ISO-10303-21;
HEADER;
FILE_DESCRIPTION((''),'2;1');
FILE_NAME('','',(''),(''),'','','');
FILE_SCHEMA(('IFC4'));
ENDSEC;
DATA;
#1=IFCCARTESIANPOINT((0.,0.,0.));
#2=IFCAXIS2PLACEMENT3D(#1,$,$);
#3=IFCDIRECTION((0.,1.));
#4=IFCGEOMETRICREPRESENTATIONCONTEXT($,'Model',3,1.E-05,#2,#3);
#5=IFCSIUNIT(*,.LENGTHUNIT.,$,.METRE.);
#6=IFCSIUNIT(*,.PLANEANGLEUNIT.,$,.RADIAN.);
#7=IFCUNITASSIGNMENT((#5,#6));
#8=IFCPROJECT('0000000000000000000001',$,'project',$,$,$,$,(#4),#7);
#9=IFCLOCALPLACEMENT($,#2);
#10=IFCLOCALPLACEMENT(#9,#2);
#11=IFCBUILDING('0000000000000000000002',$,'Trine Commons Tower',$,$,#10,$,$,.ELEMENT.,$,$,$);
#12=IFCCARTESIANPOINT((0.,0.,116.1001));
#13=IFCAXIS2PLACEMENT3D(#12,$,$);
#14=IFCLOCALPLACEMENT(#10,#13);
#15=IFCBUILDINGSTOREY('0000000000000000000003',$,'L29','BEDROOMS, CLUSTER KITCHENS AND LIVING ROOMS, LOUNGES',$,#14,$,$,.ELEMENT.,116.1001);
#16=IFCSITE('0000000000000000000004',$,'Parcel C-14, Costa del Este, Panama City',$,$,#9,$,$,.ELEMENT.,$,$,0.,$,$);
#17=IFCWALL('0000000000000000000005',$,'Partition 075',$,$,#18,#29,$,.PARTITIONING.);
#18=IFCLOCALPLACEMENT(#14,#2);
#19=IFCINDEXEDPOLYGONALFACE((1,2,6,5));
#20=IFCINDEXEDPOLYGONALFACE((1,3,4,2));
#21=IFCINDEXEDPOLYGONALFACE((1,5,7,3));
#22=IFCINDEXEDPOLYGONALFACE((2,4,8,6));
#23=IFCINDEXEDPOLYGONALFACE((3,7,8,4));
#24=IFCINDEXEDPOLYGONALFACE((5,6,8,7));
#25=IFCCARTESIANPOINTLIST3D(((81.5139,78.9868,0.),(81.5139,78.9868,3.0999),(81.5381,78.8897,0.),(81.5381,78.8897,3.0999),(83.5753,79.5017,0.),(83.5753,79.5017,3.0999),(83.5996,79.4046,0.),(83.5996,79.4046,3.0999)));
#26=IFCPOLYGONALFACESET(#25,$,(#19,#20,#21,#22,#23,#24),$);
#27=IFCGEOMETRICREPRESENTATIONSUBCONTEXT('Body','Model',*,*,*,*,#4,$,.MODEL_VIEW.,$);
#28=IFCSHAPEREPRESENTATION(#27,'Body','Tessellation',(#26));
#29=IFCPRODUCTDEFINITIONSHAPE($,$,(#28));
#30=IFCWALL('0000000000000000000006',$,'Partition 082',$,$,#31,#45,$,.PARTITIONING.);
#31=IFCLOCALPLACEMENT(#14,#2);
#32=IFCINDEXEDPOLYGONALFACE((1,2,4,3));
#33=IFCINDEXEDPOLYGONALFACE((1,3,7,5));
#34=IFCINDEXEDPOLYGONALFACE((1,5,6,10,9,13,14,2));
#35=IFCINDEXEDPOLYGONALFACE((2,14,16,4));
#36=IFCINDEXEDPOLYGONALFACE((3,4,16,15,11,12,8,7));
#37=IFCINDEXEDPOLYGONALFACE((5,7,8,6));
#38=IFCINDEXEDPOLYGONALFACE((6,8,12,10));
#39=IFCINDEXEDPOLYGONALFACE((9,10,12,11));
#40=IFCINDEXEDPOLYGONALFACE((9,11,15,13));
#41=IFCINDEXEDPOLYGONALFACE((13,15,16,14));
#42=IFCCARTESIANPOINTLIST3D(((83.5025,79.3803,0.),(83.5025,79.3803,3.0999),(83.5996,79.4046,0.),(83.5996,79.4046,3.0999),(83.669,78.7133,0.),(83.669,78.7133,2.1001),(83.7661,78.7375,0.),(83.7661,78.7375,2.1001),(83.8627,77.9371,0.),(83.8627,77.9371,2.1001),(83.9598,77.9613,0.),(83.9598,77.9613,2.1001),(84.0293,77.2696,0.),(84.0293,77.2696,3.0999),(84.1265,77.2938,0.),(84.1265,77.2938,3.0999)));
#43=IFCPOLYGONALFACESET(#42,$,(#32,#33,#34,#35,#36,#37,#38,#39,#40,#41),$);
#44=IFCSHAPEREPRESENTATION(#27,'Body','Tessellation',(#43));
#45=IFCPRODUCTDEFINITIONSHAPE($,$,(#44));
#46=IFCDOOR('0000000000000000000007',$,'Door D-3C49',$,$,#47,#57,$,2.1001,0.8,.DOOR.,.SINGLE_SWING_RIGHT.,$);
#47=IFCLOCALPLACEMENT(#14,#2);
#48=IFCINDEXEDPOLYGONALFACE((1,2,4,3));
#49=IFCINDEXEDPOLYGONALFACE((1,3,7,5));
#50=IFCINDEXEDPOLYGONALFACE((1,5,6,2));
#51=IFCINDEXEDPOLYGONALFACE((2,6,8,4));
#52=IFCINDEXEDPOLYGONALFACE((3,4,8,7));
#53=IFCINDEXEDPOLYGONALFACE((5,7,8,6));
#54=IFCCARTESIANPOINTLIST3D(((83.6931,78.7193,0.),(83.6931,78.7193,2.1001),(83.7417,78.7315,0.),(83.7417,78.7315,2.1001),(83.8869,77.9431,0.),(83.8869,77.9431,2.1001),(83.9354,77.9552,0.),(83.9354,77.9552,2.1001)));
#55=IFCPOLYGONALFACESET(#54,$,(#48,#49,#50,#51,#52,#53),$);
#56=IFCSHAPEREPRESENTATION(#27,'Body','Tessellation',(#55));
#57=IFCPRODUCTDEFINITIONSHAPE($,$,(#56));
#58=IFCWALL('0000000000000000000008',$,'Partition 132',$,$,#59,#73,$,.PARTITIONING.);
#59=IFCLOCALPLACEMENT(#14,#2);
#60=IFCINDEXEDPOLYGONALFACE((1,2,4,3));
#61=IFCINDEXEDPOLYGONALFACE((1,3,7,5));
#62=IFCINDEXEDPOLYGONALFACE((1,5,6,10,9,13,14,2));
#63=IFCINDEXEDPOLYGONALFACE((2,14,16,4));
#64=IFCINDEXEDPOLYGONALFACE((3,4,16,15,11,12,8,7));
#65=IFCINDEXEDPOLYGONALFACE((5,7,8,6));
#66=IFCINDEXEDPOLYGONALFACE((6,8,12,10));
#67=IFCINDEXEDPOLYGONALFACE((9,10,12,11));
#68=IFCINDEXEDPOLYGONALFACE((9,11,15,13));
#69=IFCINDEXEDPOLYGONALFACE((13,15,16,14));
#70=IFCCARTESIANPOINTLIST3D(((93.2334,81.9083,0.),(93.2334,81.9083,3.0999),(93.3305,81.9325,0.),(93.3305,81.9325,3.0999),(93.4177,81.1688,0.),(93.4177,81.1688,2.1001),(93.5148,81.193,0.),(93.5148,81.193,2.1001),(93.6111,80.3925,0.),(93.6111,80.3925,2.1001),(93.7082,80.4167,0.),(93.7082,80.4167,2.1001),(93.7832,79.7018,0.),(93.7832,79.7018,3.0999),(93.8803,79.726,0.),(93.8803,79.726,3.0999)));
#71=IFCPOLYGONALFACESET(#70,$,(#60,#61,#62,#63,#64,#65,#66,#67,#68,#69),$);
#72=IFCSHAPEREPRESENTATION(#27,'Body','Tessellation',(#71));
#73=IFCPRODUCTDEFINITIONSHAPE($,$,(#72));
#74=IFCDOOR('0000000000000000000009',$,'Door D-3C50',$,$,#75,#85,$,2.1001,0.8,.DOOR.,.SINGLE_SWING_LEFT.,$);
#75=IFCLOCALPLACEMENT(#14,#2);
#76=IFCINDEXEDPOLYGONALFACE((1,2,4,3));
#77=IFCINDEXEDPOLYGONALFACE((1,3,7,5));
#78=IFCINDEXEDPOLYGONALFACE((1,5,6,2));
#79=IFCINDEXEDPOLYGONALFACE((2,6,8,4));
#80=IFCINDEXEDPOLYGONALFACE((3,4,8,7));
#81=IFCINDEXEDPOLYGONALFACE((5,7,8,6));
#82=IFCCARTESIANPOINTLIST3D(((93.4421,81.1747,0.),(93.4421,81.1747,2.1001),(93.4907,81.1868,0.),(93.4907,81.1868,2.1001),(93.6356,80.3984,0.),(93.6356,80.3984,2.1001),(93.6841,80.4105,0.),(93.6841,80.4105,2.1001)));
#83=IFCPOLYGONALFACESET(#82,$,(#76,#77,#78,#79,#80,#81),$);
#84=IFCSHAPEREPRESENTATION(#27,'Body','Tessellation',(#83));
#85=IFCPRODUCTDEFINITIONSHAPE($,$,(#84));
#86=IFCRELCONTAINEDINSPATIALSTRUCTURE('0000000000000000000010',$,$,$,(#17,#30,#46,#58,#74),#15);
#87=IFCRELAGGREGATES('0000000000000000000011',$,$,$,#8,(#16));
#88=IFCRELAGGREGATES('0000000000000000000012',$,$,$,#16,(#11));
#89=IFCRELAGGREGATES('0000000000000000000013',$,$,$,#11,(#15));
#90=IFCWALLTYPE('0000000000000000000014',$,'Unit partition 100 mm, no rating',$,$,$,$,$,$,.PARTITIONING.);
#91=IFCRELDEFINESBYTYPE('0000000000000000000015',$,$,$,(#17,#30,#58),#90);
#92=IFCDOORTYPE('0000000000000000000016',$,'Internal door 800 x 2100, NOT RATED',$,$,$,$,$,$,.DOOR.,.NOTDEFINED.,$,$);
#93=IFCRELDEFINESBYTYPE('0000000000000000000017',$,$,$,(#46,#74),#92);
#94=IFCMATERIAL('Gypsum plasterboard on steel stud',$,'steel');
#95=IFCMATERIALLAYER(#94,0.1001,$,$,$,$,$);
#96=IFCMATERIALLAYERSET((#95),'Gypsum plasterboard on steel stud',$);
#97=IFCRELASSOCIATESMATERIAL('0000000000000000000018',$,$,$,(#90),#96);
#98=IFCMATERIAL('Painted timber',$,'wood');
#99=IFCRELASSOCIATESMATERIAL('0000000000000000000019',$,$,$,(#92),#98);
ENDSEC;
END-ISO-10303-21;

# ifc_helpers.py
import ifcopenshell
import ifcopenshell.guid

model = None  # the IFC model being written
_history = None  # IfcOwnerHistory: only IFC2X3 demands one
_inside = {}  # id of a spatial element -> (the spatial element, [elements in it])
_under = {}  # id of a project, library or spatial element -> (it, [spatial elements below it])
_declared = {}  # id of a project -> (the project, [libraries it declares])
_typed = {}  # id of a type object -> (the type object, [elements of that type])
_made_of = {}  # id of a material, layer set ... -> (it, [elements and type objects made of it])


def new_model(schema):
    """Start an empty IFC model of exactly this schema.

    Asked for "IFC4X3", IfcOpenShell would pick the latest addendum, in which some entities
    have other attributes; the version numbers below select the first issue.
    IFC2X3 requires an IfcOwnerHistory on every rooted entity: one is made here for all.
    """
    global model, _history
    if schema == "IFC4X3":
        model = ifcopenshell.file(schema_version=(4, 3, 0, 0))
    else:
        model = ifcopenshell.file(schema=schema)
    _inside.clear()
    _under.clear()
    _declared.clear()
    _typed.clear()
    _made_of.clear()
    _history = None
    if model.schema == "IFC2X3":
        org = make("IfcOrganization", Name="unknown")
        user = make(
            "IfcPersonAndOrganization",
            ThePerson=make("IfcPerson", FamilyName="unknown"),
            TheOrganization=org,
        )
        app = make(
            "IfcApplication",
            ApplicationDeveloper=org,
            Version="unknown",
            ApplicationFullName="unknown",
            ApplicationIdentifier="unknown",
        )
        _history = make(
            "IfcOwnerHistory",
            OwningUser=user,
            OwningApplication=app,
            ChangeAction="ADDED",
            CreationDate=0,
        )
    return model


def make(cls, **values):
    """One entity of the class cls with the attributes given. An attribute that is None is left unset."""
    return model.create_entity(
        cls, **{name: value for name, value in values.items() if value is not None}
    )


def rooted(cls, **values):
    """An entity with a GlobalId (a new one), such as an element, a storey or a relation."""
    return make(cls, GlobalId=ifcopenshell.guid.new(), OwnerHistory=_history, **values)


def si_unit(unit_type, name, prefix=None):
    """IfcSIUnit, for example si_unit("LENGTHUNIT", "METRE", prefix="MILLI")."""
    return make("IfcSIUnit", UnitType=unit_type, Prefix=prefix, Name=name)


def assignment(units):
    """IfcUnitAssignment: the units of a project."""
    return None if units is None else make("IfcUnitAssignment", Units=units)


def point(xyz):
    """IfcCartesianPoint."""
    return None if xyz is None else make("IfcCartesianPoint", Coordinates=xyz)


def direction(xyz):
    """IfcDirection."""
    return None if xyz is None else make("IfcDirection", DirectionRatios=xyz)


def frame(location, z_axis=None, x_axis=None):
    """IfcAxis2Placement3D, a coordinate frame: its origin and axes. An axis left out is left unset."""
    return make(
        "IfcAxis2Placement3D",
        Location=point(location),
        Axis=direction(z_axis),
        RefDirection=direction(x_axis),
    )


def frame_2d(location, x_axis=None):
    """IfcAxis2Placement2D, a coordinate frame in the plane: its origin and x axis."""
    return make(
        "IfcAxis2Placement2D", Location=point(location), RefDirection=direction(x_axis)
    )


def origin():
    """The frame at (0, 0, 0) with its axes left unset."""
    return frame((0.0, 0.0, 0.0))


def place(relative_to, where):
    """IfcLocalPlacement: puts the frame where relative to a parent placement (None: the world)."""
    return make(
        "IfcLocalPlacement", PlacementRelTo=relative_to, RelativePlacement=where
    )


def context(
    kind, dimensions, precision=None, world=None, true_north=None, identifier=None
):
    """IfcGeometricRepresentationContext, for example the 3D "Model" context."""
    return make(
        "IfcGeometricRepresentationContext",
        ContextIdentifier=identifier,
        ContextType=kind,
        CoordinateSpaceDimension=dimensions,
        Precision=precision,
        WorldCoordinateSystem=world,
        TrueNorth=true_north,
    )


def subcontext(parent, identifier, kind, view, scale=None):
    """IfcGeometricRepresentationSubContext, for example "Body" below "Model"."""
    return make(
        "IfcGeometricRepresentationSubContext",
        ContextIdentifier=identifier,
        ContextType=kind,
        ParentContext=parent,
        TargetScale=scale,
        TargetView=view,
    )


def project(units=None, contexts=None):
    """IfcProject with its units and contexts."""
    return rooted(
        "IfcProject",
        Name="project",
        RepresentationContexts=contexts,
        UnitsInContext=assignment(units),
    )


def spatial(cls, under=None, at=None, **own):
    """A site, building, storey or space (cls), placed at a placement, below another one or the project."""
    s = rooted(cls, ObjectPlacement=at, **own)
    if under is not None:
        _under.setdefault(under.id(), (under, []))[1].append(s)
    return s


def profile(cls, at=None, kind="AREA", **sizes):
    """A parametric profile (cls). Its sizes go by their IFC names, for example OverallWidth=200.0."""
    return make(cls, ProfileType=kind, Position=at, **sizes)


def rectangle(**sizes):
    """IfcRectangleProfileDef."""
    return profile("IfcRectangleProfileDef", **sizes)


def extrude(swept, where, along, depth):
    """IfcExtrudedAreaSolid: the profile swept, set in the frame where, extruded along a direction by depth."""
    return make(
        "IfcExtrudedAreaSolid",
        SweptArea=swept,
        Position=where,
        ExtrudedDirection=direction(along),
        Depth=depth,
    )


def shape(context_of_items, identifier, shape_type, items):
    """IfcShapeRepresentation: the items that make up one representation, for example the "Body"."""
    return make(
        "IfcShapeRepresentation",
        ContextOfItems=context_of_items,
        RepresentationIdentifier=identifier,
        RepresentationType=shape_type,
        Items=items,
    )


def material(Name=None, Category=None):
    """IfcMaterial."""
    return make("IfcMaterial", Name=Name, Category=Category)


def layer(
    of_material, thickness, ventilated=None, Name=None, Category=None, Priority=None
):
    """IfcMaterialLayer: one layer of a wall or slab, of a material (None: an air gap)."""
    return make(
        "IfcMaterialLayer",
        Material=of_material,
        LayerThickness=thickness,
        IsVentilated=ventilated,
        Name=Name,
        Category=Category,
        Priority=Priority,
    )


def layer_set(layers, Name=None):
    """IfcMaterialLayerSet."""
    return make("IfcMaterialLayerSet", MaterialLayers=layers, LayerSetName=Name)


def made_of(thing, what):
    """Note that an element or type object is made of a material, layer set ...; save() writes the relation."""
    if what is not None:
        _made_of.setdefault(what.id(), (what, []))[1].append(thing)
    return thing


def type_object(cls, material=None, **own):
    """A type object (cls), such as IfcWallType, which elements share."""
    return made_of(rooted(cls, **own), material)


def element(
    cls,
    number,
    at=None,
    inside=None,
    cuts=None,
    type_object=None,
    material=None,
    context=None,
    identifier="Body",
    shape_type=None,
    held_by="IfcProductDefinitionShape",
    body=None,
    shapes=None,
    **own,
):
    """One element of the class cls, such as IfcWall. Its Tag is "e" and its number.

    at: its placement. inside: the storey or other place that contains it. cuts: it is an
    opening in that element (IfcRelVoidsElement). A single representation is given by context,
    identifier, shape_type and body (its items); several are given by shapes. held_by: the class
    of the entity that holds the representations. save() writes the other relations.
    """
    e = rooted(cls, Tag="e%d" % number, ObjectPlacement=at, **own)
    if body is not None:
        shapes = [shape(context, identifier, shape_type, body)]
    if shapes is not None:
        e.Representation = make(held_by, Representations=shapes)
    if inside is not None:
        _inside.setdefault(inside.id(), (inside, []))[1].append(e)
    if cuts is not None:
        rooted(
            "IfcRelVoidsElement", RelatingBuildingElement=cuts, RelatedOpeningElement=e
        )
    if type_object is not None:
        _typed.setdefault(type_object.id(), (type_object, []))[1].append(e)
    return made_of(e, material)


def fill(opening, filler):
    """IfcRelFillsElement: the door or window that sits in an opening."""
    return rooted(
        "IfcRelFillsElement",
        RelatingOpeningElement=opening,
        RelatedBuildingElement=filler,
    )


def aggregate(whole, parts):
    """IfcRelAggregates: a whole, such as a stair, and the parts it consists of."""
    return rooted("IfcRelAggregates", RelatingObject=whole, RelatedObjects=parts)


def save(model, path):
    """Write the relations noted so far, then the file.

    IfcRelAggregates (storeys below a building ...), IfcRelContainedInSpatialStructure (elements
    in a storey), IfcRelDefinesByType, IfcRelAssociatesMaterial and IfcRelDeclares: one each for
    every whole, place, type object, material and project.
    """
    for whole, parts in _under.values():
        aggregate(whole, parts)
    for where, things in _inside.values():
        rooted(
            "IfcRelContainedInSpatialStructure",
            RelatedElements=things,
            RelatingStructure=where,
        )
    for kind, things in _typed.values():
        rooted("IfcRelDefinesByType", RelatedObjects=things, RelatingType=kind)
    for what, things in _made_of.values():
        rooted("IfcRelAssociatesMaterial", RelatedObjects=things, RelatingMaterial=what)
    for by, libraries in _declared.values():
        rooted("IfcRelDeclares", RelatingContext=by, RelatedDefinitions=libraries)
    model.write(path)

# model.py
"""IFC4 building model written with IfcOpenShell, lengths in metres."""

from ifc_helpers import new_model, si_unit, direction, frame, frame_2d, origin, place, context, subcontext, project, spatial, rectangle, extrude, material, layer, layer_set, type_object, element, fill, save


model = new_model("IFC4")

# Units and contexts
model_context = context("Model", 3, precision=1e-05, world=origin(), true_north=direction((0.0, 1.0)))
body_context = subcontext(model_context, "Body", "Model", "MODEL_VIEW")
ifc_project = project(units=[si_unit("LENGTHUNIT", "METRE"), si_unit("PLANEANGLEUNIT", "RADIAN")], contexts=[model_context])

# Site, building, storey
site_placement = place(None, origin())
site = spatial("IfcSite", under=ifc_project, at=site_placement, Name="Parcel C-14, Costa del Este, Panama City", CompositionType="ELEMENT", RefElevation=0.0)
building_placement = place(site_placement, origin())
building = spatial("IfcBuilding", under=site, at=building_placement, Name="Trine Commons Tower", CompositionType="ELEMENT")
storey_placement = place(building_placement, frame((0.0, 0.0, 116.1001)))
storey = spatial("IfcBuildingStorey", under=building, at=storey_placement, Name="L29", Description="BEDROOMS, CLUSTER KITCHENS AND LIVING ROOMS, LOUNGES", CompositionType="ELEMENT", Elevation=116.1001)

# Shared definitions
ifc_material_1 = material(Name="Gypsum plasterboard on steel stud", Category="steel")

# Shared definitions
ifc_material_2 = material(Name="Painted timber", Category="wood")

# Wall
ifc_layer_1 = layer(ifc_material_1, 0.1001)
ifc_layer_set_1 = layer_set([ifc_layer_1], Name="Gypsum plasterboard on steel stud")
wall_type_1 = type_object("IfcWallType", Name="Unit partition 100 mm, no rating", PredefinedType="PARTITIONING", material=ifc_layer_set_1)
wall_1_placement = place(storey_placement, frame((81.5259, 78.9382, 0.0), z_axis=(0.0, 0.0, 1.0), x_axis=(0.970197, 0.242319, 0.0)))
element("IfcWall", 1, at=wall_1_placement, inside=storey, type_object=wall_type_1, Name="Partition 075", PredefinedType="PARTITIONING", context=body_context, shape_type="SweptSolid", body=[
    extrude(rectangle(XDim=2.1248, YDim=0.1001, at=frame_2d((1.0625, 0.0))), origin(), (0.0, 0.0, 1.0), 3.0999),
])

# Walls, openings, doors
wall_2_placement = place(storey_placement, frame((83.551, 79.3926, 0.0), z_axis=(0.0, 0.0, 1.0), x_axis=(0.242166, -0.970235, 0.0)))
wall_2 = element("IfcWall", 2, at=wall_2_placement, inside=storey, type_object=wall_type_1, Name="Partition 082", PredefinedType="PARTITIONING", context=body_context, shape_type="SweptSolid", body=[
    extrude(rectangle(XDim=2.1755, YDim=0.1001, at=frame_2d((1.0879, 0.0))), origin(), (0.0, 0.0, 1.0), 3.0999),
])
opening_1_placement = place(wall_2_placement, frame((0.6877, 0.0, 0.0)))
opening_1 = element("IfcOpeningElement", 3, at=opening_1_placement, cuts=wall_2, PredefinedType="OPENING", context=body_context, shape_type="SweptSolid", body=[
    extrude(rectangle(XDim=0.8, YDim=2.1001, at=frame_2d((0.3999, 1.05))), frame((0.0, 0.0601, 0.0), z_axis=(0.0, -1.0, 0.0), x_axis=(1.0, 0.0, 0.0)), (0.0, 0.0, 1.0), 0.1201),
])
door_type_1 = type_object("IfcDoorType", Name="Internal door 800 x 2100, NOT RATED", OperationType="NOTDEFINED", PredefinedType="DOOR", material=ifc_material_2)
door_1_placement = place(opening_1_placement, origin())
door_1 = element("IfcDoor", 4, at=door_1_placement, inside=storey, type_object=door_type_1, Name="Door D-3C49", OperationType="SINGLE_SWING_RIGHT", OverallHeight=2.1001, OverallWidth=0.8, PredefinedType="DOOR", context=body_context, shape_type="SweptSolid", body=[
    extrude(rectangle(XDim=0.8, YDim=2.1001, at=frame_2d((0.3999, 1.05))), frame((0.0, 0.0249, 0.0), z_axis=(0.0, -1.0, 0.0), x_axis=(1.0, 0.0, 0.0)), (0.0, 0.0, 1.0), 0.05),
])
fill(opening_1, door_1)
wall_3_placement = place(storey_placement, frame((93.282, 81.9204, 0.0), z_axis=(0.0, 0.0, 1.0), x_axis=(0.241778, -0.970332, 0.0)))
wall_3 = element("IfcWall", 5, at=wall_3_placement, inside=storey, type_object=wall_type_1, Name="Partition 132", PredefinedType="PARTITIONING", context=body_context, shape_type="SweptSolid", body=[
    extrude(rectangle(XDim=2.2739, YDim=0.1001, at=frame_2d((1.137, 0.0))), origin(), (0.0, 0.0, 1.0), 3.0999),
])
opening_2_placement = place(wall_3_placement, frame((0.7622, 0.0, 0.0)))
opening_2 = element("IfcOpeningElement", 6, at=opening_2_placement, cuts=wall_3, PredefinedType="OPENING", context=body_context, shape_type="SweptSolid", body=[
    extrude(rectangle(XDim=0.8, YDim=2.1001, at=frame_2d((0.3999, 1.05))), frame((0.0, 0.0601, 0.0), z_axis=(0.0, -1.0, 0.0), x_axis=(1.0, 0.0, 0.0)), (0.0, 0.0, 1.0), 0.1201),
])
door_2_placement = place(opening_2_placement, frame((0.8, 0.0, 0.0), z_axis=(0.0, 0.0, 1.0), x_axis=(-1.0, 0.0, 0.0)))
door_2 = element("IfcDoor", 7, at=door_2_placement, inside=storey, type_object=door_type_1, Name="Door D-3C50", OperationType="SINGLE_SWING_LEFT", OverallHeight=2.1001, OverallWidth=0.8, PredefinedType="DOOR", context=body_context, shape_type="SweptSolid", body=[
    extrude(rectangle(XDim=0.8, YDim=2.1001, at=frame_2d((0.3999, 1.05))), frame((0.0, 0.0249, 0.0), z_axis=(0.0, -1.0, 0.0), x_axis=(1.0, 0.0, 0.0)), (0.0, 0.0, 1.0), 0.05),
])
fill(opening_2, door_2)

save(model, "model.ifc")
